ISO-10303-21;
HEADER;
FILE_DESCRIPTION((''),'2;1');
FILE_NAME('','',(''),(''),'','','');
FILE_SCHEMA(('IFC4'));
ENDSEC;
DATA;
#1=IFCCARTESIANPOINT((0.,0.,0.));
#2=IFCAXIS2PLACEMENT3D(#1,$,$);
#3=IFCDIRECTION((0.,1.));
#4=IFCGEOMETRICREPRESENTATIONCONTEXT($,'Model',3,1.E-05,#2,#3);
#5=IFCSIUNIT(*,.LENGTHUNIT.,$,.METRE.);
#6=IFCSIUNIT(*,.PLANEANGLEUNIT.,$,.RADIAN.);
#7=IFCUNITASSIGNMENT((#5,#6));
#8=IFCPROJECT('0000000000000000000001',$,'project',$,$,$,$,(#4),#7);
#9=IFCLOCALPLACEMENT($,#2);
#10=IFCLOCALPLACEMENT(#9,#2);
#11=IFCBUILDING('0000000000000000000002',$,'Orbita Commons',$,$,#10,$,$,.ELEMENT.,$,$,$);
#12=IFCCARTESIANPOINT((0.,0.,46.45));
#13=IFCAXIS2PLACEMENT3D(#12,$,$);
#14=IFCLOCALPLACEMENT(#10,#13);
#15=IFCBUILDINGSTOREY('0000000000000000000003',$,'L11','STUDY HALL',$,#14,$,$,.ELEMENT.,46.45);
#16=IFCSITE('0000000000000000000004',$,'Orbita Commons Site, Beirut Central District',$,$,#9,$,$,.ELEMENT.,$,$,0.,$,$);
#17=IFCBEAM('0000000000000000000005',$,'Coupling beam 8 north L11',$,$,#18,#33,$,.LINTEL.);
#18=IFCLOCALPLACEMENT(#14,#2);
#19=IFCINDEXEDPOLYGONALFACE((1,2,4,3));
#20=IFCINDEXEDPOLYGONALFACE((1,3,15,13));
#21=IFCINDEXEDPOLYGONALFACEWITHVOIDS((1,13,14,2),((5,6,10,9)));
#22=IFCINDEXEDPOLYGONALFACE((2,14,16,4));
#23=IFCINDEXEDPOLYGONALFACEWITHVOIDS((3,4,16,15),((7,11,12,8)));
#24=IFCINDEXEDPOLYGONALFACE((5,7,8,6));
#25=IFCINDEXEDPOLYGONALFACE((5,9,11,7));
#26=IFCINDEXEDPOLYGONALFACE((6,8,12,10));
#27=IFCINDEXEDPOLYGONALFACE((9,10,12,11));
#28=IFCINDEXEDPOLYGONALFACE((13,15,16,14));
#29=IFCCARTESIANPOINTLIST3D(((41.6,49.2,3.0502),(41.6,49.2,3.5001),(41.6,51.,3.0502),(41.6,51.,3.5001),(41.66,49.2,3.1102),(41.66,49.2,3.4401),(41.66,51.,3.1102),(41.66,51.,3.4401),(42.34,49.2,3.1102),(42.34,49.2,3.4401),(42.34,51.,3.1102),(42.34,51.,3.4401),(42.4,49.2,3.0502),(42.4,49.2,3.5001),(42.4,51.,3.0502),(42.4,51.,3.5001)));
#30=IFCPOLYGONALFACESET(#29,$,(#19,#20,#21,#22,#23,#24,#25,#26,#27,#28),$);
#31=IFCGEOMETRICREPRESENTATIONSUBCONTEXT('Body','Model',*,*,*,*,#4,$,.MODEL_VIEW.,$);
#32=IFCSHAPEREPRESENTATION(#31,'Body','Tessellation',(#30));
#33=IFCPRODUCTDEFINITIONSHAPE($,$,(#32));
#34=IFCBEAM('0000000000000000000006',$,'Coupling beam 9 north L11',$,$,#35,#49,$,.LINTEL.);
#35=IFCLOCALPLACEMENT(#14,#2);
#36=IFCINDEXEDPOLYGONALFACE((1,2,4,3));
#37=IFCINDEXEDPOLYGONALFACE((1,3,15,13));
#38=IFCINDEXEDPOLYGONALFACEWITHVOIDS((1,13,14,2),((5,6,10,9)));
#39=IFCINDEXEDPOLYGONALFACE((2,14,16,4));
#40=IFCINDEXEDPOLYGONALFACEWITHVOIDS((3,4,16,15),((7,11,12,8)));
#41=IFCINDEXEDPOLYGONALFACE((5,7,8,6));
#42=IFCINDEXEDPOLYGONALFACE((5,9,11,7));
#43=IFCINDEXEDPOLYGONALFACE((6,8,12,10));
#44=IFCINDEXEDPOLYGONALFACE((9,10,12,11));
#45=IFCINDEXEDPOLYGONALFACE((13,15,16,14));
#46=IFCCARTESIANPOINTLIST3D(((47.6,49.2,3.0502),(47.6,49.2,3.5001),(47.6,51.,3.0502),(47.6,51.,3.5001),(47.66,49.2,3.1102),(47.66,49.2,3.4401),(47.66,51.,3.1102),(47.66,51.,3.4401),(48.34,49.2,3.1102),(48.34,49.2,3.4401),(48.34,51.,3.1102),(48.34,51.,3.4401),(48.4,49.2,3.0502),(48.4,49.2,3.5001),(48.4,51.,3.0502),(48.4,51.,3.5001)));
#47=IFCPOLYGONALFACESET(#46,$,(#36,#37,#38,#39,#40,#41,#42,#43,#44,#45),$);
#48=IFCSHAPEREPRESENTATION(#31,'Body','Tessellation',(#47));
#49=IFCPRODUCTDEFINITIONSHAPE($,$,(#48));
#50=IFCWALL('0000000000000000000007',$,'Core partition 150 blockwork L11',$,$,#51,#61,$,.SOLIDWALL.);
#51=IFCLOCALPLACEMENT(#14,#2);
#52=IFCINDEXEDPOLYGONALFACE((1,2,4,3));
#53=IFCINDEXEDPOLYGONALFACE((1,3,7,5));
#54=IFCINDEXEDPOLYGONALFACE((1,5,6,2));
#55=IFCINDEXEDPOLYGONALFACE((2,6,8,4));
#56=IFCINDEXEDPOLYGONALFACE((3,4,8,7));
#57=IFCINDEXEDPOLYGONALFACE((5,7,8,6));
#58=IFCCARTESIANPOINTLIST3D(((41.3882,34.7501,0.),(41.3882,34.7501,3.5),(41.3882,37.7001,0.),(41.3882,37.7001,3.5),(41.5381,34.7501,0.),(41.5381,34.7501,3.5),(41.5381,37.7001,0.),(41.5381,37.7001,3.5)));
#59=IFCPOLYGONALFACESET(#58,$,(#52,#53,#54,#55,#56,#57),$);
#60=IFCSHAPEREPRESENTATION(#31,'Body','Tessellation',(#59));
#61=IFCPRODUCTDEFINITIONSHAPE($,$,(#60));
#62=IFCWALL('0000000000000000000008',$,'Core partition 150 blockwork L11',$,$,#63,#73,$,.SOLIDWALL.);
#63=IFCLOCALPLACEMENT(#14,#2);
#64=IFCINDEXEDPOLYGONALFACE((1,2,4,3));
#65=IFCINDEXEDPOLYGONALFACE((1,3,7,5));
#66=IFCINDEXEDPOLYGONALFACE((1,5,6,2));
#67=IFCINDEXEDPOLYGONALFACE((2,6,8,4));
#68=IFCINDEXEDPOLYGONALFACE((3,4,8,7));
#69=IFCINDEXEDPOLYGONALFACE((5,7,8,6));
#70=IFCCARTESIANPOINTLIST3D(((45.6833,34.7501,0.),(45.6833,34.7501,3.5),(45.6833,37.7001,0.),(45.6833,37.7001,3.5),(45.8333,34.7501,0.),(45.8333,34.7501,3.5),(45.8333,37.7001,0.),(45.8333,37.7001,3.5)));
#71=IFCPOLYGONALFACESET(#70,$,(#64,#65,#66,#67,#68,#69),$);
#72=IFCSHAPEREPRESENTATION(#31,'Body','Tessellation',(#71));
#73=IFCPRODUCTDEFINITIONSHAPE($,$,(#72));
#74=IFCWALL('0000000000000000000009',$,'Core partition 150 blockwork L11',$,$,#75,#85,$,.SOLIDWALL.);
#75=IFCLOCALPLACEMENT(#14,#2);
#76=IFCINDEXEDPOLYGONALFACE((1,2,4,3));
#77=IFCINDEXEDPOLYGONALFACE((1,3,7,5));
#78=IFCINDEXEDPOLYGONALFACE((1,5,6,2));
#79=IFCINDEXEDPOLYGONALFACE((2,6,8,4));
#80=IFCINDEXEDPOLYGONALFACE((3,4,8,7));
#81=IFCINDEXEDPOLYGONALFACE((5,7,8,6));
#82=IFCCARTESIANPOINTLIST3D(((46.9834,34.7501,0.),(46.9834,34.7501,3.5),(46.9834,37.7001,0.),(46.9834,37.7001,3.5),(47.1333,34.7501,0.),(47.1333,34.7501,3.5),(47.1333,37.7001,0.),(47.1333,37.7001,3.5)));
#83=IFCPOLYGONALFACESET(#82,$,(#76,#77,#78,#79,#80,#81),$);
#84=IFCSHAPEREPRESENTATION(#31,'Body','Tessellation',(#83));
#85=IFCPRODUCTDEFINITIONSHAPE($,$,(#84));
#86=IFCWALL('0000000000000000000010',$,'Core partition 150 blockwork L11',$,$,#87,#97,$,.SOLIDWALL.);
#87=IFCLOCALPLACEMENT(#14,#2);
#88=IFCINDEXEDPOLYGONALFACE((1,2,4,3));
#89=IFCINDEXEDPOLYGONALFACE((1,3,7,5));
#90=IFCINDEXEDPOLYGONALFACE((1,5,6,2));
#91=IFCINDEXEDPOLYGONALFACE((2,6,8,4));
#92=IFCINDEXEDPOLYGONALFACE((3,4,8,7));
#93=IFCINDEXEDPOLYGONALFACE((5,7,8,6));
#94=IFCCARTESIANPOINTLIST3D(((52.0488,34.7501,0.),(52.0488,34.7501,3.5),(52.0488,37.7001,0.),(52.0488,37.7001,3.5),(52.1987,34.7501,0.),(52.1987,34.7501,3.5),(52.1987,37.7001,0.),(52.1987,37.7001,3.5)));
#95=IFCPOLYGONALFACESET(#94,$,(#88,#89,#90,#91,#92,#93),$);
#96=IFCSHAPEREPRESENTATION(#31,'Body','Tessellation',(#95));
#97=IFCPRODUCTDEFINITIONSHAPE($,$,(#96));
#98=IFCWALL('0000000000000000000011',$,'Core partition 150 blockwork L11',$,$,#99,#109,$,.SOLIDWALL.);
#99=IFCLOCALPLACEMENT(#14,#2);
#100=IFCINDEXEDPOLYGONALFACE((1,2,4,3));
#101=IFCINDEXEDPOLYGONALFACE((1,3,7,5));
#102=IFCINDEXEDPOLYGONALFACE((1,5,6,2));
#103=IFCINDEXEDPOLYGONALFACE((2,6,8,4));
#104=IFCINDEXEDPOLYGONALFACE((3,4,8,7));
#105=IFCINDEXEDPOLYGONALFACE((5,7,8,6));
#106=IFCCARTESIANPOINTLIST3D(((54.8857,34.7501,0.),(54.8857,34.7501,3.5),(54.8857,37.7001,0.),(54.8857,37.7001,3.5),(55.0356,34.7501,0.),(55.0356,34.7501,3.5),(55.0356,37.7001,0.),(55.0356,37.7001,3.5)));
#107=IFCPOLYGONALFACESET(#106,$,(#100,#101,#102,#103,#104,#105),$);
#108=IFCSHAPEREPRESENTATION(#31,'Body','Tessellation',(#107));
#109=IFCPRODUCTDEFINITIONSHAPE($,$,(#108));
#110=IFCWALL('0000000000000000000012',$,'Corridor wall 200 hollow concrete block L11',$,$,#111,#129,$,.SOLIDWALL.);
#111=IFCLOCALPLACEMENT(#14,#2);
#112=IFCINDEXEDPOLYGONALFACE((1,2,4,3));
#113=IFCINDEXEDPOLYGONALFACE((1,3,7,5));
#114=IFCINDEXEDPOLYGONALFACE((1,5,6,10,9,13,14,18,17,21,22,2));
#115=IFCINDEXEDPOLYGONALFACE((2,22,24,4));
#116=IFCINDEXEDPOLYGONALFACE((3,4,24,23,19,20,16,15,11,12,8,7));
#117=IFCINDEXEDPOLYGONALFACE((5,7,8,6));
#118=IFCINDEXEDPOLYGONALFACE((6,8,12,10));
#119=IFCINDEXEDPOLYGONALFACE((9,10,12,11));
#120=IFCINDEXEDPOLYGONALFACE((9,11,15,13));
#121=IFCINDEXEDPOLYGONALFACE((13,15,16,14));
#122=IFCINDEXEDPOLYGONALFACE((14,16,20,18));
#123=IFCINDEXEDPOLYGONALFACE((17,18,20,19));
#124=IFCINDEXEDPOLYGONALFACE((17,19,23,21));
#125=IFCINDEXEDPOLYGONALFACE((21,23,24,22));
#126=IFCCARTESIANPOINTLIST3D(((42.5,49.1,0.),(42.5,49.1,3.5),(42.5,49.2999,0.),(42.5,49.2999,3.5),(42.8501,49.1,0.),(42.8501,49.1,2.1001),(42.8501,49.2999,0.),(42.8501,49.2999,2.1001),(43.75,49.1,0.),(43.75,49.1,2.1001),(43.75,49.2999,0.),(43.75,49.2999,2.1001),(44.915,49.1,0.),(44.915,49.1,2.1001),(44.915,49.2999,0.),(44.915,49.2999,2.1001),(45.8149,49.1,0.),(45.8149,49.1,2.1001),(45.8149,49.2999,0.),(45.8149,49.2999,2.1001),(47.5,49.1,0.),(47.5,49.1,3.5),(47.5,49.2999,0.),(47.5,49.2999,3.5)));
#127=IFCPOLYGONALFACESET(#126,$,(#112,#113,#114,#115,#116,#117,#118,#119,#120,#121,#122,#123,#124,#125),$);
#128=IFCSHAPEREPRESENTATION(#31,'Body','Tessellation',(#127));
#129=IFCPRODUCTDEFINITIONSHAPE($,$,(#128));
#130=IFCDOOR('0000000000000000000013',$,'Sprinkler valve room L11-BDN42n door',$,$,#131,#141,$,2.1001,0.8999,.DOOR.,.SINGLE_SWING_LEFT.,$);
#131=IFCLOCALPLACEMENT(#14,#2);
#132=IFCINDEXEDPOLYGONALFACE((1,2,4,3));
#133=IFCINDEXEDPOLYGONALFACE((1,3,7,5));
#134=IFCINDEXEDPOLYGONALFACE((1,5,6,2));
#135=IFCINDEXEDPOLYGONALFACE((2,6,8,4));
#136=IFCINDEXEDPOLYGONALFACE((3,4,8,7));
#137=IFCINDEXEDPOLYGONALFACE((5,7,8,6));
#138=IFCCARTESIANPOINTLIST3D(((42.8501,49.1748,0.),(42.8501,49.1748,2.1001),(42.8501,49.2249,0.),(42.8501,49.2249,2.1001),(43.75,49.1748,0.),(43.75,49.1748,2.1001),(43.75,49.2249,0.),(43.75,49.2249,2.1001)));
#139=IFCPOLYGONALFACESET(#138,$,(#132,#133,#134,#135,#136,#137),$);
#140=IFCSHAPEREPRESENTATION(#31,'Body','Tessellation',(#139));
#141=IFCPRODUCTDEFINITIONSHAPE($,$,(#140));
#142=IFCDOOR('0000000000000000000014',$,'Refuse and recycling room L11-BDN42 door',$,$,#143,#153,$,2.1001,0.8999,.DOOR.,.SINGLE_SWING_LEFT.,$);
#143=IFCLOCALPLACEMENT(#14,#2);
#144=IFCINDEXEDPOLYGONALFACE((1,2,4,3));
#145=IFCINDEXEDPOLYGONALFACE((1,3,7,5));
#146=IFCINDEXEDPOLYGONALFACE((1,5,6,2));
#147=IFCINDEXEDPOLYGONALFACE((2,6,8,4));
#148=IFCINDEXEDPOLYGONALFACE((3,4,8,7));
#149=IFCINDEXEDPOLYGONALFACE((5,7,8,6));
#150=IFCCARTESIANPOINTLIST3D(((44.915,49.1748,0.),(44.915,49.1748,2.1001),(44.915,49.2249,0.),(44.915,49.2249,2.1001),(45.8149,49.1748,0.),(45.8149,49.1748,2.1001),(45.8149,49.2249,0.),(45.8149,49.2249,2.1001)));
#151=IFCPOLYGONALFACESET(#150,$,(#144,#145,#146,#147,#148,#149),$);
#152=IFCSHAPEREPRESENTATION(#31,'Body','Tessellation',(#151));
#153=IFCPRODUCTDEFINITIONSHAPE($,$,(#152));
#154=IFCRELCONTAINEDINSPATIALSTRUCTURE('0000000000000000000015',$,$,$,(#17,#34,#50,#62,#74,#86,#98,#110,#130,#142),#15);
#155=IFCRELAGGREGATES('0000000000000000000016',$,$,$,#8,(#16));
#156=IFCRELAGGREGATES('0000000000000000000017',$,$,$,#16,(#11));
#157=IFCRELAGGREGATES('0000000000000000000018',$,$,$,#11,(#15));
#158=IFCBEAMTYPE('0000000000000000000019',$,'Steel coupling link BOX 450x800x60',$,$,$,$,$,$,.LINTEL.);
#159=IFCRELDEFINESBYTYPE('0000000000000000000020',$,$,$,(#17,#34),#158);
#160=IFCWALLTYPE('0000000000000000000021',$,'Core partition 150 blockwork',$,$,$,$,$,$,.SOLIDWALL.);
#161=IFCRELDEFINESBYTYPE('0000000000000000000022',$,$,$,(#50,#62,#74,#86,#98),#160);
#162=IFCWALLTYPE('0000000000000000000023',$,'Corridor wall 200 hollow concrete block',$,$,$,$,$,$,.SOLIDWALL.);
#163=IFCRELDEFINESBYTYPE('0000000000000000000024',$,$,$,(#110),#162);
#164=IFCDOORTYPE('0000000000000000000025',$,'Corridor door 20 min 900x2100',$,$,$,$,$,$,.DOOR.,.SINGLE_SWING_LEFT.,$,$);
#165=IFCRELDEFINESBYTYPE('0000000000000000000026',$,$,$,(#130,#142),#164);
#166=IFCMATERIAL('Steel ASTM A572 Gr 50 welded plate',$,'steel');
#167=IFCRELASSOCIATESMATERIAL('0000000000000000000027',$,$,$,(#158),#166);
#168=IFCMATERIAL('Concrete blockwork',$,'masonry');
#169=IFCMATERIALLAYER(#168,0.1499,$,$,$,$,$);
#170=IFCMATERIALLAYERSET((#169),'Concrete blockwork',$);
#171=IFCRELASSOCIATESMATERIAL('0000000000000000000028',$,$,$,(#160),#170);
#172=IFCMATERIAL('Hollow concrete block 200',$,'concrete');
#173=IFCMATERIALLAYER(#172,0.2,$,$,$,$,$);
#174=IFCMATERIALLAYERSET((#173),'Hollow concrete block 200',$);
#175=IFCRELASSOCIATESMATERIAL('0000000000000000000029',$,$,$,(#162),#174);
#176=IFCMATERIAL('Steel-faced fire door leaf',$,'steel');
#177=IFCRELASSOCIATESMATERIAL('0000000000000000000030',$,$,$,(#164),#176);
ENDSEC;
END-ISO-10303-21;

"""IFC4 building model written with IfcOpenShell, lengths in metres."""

from ifc_helpers import new_model, si_unit, direction, frame, frame_2d, origin, origin_2d, place, context, subcontext, project, spatial, rectangle, hollow_rectangle, extrude, material, layer, layer_set, material_profile, profile_set, type_object, element, fill, save


model = new_model("IFC4")

# Units and contexts
model_context = context("Model", 3, precision=1e-05, world=origin(), true_north=direction((0.0, 1.0)))
body_context = subcontext(model_context, "Body", "Model", "MODEL_VIEW")
ifc_project = project(units=[si_unit("LENGTHUNIT", "METRE"), si_unit("PLANEANGLEUNIT", "RADIAN")], contexts=[model_context])

# Site, building, storey
site_placement = place(None, origin())
site = spatial("IfcSite", under=ifc_project, at=site_placement, Name="Orbita Commons Site, Beirut Central District", CompositionType="ELEMENT", RefElevation=0.0)
building_placement = place(site_placement, origin())
building = spatial("IfcBuilding", under=site, at=building_placement, Name="Orbita Commons", CompositionType="ELEMENT")
storey_placement = place(building_placement, frame((0.0, 0.0, 46.45)))
storey = spatial("IfcBuildingStorey", under=building, at=storey_placement, Name="L11", Description="STUDY HALL", CompositionType="ELEMENT", Elevation=46.45)

# Beams
ifc_material_1 = material(Name="Steel ASTM A572 Gr 50 welded plate", Category="steel")
ifc_material_profile = material_profile(ifc_material_1, hollow_rectangle(XDim=0.8, YDim=0.45, WallThickness=0.0601, at=origin_2d()), Name="BOX 450x800x60")
ifc_profile_set = profile_set([ifc_material_profile], Name="Steel ASTM A572 Gr 50 welded plate")
beam_type = type_object("IfcBeamType", Name="Steel coupling link BOX 450x800x60", PredefinedType="LINTEL", material=ifc_profile_set)
for number, where, z_axis, x_axis, name in (
    (1, (42.0, 49.2, 3.2751), (0.0, 1.0, 0.0), (-1.0, 0.0, 0.0), "Coupling beam 8 north L11"),
    (2, (48.0, 49.2, 3.2751), (0.0, 1.0, 0.0), (-1.0, 0.0, 0.0), "Coupling beam 9 north L11"),
):
    element("IfcBeam", number, at=place(storey_placement, frame(where, z_axis=z_axis, x_axis=x_axis)), inside=storey, type_object=beam_type, Name=name, PredefinedType="LINTEL", context=body_context, shape_type="SweptSolid", body=[
        extrude(hollow_rectangle(XDim=0.8, YDim=0.45, WallThickness=0.0601, at=origin_2d()), origin(), (0.0, 0.0, 1.0), 1.8),
    ])

# Walls
ifc_material_2 = material(Name="Concrete blockwork", Category="masonry")
ifc_layer_1 = layer(ifc_material_2, 0.1499)
ifc_layer_set_1 = layer_set([ifc_layer_1], Name="Concrete blockwork")
wall_type_1 = type_object("IfcWallType", Name="Core partition 150 blockwork", PredefinedType="SOLIDWALL", material=ifc_layer_set_1)
for number, where, z_axis, x_axis, name in (
    (3, (41.4631, 34.75, 0.0), (0.0, 0.0, 1.0), (0.0, 1.0, 0.0), "Core partition 150 blockwork L11"),
    (4, (45.7583, 34.75, 0.0), (0.0, 0.0, 1.0), (0.0, 1.0, 0.0), "Core partition 150 blockwork L11"),
    (5, (47.0583, 34.75, 0.0), (0.0, 0.0, 1.0), (0.0, 1.0, 0.0), "Core partition 150 blockwork L11"),
    (6, (52.1238, 34.75, 0.0), (0.0, 0.0, 1.0), (0.0, 1.0, 0.0), "Core partition 150 blockwork L11"),
    (7, (54.9607, 34.75, 0.0), (0.0, 0.0, 1.0), (0.0, 1.0, 0.0), "Core partition 150 blockwork L11"),
):
    element("IfcWall", number, at=place(storey_placement, frame(where, z_axis=z_axis, x_axis=x_axis)), inside=storey, type_object=wall_type_1, Name=name, PredefinedType="SOLIDWALL", context=body_context, shape_type="SweptSolid", body=[
        extrude(rectangle(XDim=2.95, YDim=0.1499, at=frame_2d((1.4751, 0.0))), origin(), (0.0, 0.0, 1.0), 3.5),
    ])

# Wall, openings, doors
ifc_material_3 = material(Name="Hollow concrete block 200", Category="concrete")
ifc_layer_2 = layer(ifc_material_3, 0.2)
ifc_layer_set_2 = layer_set([ifc_layer_2], Name="Hollow concrete block 200")
wall_type_2 = type_object("IfcWallType", Name="Corridor wall 200 hollow concrete block", PredefinedType="SOLIDWALL", material=ifc_layer_set_2)
wall_1_placement = place(storey_placement, frame((42.5, 49.2, 0.0), z_axis=(0.0, 0.0, 1.0), x_axis=(1.0, 0.0, 0.0)))
wall_1 = element("IfcWall", 8, at=wall_1_placement, inside=storey, type_object=wall_type_2, Name="Corridor wall 200 hollow concrete block L11", PredefinedType="SOLIDWALL", context=body_context, shape_type="SweptSolid", body=[
    extrude(rectangle(XDim=5.0, YDim=0.2, at=frame_2d((2.5, 0.0))), origin(), (0.0, 0.0, 1.0), 3.5),
])
opening_1_placement = place(wall_1_placement, frame((0.3501, 0.0, 0.0)))
opening_1 = element("IfcOpeningElement", 9, at=opening_1_placement, cuts=wall_1, PredefinedType="OPENING", context=body_context, shape_type="SweptSolid", body=[
    extrude(rectangle(XDim=0.8999, YDim=2.1001, at=frame_2d((0.45, 1.05))), frame((0.0, 0.1099, 0.0), z_axis=(0.0, -1.0, 0.0), x_axis=(1.0, 0.0, 0.0)), (0.0, 0.0, 1.0), 0.22),
])
opening_2_placement = place(wall_1_placement, frame((2.415, 0.0, 0.0)))
opening_2 = element("IfcOpeningElement", 10, at=opening_2_placement, cuts=wall_1, PredefinedType="OPENING", context=body_context, shape_type="SweptSolid", body=[
    extrude(rectangle(XDim=0.8999, YDim=2.1001, at=frame_2d((0.45, 1.05))), frame((0.0, 0.1099, 0.0), z_axis=(0.0, -1.0, 0.0), x_axis=(1.0, 0.0, 0.0)), (0.0, 0.0, 1.0), 0.22),
])
ifc_material_4 = material(Name="Steel-faced fire door leaf", Category="steel")
door_type = type_object("IfcDoorType", Name="Corridor door 20 min 900x2100", OperationType="SINGLE_SWING_LEFT", PredefinedType="DOOR", material=ifc_material_4)
door_1_placement = place(opening_1_placement, origin())
door_1 = element("IfcDoor", 11, at=door_1_placement, inside=storey, type_object=door_type, Name="Sprinkler valve room L11-BDN42n door", OperationType="SINGLE_SWING_LEFT", OverallHeight=2.1001, OverallWidth=0.8999, PredefinedType="DOOR", context=body_context, shape_type="SweptSolid", body=[
    extrude(rectangle(XDim=0.8999, YDim=2.1001, at=frame_2d((0.45, 1.05))), frame((0.0, 0.0249, 0.0), z_axis=(0.0, -1.0, 0.0), x_axis=(1.0, 0.0, 0.0)), (0.0, 0.0, 1.0), 0.05),
])
fill(opening_1, door_1)
door_2_placement = place(opening_2_placement, origin())
door_2 = element("IfcDoor", 12, at=door_2_placement, inside=storey, type_object=door_type, Name="Refuse and recycling room L11-BDN42 door", OperationType="SINGLE_SWING_LEFT", OverallHeight=2.1001, OverallWidth=0.8999, PredefinedType="DOOR", context=body_context, shape_type="SweptSolid", body=[
    extrude(rectangle(XDim=0.8999, YDim=2.1001, at=frame_2d((0.45, 1.05))), frame((0.0, 0.0249, 0.0), z_axis=(0.0, -1.0, 0.0), x_axis=(1.0, 0.0, 0.0)), (0.0, 0.0, 1.0), 0.05),
])
fill(opening_2, door_2)

save(model, "model.ifc")
